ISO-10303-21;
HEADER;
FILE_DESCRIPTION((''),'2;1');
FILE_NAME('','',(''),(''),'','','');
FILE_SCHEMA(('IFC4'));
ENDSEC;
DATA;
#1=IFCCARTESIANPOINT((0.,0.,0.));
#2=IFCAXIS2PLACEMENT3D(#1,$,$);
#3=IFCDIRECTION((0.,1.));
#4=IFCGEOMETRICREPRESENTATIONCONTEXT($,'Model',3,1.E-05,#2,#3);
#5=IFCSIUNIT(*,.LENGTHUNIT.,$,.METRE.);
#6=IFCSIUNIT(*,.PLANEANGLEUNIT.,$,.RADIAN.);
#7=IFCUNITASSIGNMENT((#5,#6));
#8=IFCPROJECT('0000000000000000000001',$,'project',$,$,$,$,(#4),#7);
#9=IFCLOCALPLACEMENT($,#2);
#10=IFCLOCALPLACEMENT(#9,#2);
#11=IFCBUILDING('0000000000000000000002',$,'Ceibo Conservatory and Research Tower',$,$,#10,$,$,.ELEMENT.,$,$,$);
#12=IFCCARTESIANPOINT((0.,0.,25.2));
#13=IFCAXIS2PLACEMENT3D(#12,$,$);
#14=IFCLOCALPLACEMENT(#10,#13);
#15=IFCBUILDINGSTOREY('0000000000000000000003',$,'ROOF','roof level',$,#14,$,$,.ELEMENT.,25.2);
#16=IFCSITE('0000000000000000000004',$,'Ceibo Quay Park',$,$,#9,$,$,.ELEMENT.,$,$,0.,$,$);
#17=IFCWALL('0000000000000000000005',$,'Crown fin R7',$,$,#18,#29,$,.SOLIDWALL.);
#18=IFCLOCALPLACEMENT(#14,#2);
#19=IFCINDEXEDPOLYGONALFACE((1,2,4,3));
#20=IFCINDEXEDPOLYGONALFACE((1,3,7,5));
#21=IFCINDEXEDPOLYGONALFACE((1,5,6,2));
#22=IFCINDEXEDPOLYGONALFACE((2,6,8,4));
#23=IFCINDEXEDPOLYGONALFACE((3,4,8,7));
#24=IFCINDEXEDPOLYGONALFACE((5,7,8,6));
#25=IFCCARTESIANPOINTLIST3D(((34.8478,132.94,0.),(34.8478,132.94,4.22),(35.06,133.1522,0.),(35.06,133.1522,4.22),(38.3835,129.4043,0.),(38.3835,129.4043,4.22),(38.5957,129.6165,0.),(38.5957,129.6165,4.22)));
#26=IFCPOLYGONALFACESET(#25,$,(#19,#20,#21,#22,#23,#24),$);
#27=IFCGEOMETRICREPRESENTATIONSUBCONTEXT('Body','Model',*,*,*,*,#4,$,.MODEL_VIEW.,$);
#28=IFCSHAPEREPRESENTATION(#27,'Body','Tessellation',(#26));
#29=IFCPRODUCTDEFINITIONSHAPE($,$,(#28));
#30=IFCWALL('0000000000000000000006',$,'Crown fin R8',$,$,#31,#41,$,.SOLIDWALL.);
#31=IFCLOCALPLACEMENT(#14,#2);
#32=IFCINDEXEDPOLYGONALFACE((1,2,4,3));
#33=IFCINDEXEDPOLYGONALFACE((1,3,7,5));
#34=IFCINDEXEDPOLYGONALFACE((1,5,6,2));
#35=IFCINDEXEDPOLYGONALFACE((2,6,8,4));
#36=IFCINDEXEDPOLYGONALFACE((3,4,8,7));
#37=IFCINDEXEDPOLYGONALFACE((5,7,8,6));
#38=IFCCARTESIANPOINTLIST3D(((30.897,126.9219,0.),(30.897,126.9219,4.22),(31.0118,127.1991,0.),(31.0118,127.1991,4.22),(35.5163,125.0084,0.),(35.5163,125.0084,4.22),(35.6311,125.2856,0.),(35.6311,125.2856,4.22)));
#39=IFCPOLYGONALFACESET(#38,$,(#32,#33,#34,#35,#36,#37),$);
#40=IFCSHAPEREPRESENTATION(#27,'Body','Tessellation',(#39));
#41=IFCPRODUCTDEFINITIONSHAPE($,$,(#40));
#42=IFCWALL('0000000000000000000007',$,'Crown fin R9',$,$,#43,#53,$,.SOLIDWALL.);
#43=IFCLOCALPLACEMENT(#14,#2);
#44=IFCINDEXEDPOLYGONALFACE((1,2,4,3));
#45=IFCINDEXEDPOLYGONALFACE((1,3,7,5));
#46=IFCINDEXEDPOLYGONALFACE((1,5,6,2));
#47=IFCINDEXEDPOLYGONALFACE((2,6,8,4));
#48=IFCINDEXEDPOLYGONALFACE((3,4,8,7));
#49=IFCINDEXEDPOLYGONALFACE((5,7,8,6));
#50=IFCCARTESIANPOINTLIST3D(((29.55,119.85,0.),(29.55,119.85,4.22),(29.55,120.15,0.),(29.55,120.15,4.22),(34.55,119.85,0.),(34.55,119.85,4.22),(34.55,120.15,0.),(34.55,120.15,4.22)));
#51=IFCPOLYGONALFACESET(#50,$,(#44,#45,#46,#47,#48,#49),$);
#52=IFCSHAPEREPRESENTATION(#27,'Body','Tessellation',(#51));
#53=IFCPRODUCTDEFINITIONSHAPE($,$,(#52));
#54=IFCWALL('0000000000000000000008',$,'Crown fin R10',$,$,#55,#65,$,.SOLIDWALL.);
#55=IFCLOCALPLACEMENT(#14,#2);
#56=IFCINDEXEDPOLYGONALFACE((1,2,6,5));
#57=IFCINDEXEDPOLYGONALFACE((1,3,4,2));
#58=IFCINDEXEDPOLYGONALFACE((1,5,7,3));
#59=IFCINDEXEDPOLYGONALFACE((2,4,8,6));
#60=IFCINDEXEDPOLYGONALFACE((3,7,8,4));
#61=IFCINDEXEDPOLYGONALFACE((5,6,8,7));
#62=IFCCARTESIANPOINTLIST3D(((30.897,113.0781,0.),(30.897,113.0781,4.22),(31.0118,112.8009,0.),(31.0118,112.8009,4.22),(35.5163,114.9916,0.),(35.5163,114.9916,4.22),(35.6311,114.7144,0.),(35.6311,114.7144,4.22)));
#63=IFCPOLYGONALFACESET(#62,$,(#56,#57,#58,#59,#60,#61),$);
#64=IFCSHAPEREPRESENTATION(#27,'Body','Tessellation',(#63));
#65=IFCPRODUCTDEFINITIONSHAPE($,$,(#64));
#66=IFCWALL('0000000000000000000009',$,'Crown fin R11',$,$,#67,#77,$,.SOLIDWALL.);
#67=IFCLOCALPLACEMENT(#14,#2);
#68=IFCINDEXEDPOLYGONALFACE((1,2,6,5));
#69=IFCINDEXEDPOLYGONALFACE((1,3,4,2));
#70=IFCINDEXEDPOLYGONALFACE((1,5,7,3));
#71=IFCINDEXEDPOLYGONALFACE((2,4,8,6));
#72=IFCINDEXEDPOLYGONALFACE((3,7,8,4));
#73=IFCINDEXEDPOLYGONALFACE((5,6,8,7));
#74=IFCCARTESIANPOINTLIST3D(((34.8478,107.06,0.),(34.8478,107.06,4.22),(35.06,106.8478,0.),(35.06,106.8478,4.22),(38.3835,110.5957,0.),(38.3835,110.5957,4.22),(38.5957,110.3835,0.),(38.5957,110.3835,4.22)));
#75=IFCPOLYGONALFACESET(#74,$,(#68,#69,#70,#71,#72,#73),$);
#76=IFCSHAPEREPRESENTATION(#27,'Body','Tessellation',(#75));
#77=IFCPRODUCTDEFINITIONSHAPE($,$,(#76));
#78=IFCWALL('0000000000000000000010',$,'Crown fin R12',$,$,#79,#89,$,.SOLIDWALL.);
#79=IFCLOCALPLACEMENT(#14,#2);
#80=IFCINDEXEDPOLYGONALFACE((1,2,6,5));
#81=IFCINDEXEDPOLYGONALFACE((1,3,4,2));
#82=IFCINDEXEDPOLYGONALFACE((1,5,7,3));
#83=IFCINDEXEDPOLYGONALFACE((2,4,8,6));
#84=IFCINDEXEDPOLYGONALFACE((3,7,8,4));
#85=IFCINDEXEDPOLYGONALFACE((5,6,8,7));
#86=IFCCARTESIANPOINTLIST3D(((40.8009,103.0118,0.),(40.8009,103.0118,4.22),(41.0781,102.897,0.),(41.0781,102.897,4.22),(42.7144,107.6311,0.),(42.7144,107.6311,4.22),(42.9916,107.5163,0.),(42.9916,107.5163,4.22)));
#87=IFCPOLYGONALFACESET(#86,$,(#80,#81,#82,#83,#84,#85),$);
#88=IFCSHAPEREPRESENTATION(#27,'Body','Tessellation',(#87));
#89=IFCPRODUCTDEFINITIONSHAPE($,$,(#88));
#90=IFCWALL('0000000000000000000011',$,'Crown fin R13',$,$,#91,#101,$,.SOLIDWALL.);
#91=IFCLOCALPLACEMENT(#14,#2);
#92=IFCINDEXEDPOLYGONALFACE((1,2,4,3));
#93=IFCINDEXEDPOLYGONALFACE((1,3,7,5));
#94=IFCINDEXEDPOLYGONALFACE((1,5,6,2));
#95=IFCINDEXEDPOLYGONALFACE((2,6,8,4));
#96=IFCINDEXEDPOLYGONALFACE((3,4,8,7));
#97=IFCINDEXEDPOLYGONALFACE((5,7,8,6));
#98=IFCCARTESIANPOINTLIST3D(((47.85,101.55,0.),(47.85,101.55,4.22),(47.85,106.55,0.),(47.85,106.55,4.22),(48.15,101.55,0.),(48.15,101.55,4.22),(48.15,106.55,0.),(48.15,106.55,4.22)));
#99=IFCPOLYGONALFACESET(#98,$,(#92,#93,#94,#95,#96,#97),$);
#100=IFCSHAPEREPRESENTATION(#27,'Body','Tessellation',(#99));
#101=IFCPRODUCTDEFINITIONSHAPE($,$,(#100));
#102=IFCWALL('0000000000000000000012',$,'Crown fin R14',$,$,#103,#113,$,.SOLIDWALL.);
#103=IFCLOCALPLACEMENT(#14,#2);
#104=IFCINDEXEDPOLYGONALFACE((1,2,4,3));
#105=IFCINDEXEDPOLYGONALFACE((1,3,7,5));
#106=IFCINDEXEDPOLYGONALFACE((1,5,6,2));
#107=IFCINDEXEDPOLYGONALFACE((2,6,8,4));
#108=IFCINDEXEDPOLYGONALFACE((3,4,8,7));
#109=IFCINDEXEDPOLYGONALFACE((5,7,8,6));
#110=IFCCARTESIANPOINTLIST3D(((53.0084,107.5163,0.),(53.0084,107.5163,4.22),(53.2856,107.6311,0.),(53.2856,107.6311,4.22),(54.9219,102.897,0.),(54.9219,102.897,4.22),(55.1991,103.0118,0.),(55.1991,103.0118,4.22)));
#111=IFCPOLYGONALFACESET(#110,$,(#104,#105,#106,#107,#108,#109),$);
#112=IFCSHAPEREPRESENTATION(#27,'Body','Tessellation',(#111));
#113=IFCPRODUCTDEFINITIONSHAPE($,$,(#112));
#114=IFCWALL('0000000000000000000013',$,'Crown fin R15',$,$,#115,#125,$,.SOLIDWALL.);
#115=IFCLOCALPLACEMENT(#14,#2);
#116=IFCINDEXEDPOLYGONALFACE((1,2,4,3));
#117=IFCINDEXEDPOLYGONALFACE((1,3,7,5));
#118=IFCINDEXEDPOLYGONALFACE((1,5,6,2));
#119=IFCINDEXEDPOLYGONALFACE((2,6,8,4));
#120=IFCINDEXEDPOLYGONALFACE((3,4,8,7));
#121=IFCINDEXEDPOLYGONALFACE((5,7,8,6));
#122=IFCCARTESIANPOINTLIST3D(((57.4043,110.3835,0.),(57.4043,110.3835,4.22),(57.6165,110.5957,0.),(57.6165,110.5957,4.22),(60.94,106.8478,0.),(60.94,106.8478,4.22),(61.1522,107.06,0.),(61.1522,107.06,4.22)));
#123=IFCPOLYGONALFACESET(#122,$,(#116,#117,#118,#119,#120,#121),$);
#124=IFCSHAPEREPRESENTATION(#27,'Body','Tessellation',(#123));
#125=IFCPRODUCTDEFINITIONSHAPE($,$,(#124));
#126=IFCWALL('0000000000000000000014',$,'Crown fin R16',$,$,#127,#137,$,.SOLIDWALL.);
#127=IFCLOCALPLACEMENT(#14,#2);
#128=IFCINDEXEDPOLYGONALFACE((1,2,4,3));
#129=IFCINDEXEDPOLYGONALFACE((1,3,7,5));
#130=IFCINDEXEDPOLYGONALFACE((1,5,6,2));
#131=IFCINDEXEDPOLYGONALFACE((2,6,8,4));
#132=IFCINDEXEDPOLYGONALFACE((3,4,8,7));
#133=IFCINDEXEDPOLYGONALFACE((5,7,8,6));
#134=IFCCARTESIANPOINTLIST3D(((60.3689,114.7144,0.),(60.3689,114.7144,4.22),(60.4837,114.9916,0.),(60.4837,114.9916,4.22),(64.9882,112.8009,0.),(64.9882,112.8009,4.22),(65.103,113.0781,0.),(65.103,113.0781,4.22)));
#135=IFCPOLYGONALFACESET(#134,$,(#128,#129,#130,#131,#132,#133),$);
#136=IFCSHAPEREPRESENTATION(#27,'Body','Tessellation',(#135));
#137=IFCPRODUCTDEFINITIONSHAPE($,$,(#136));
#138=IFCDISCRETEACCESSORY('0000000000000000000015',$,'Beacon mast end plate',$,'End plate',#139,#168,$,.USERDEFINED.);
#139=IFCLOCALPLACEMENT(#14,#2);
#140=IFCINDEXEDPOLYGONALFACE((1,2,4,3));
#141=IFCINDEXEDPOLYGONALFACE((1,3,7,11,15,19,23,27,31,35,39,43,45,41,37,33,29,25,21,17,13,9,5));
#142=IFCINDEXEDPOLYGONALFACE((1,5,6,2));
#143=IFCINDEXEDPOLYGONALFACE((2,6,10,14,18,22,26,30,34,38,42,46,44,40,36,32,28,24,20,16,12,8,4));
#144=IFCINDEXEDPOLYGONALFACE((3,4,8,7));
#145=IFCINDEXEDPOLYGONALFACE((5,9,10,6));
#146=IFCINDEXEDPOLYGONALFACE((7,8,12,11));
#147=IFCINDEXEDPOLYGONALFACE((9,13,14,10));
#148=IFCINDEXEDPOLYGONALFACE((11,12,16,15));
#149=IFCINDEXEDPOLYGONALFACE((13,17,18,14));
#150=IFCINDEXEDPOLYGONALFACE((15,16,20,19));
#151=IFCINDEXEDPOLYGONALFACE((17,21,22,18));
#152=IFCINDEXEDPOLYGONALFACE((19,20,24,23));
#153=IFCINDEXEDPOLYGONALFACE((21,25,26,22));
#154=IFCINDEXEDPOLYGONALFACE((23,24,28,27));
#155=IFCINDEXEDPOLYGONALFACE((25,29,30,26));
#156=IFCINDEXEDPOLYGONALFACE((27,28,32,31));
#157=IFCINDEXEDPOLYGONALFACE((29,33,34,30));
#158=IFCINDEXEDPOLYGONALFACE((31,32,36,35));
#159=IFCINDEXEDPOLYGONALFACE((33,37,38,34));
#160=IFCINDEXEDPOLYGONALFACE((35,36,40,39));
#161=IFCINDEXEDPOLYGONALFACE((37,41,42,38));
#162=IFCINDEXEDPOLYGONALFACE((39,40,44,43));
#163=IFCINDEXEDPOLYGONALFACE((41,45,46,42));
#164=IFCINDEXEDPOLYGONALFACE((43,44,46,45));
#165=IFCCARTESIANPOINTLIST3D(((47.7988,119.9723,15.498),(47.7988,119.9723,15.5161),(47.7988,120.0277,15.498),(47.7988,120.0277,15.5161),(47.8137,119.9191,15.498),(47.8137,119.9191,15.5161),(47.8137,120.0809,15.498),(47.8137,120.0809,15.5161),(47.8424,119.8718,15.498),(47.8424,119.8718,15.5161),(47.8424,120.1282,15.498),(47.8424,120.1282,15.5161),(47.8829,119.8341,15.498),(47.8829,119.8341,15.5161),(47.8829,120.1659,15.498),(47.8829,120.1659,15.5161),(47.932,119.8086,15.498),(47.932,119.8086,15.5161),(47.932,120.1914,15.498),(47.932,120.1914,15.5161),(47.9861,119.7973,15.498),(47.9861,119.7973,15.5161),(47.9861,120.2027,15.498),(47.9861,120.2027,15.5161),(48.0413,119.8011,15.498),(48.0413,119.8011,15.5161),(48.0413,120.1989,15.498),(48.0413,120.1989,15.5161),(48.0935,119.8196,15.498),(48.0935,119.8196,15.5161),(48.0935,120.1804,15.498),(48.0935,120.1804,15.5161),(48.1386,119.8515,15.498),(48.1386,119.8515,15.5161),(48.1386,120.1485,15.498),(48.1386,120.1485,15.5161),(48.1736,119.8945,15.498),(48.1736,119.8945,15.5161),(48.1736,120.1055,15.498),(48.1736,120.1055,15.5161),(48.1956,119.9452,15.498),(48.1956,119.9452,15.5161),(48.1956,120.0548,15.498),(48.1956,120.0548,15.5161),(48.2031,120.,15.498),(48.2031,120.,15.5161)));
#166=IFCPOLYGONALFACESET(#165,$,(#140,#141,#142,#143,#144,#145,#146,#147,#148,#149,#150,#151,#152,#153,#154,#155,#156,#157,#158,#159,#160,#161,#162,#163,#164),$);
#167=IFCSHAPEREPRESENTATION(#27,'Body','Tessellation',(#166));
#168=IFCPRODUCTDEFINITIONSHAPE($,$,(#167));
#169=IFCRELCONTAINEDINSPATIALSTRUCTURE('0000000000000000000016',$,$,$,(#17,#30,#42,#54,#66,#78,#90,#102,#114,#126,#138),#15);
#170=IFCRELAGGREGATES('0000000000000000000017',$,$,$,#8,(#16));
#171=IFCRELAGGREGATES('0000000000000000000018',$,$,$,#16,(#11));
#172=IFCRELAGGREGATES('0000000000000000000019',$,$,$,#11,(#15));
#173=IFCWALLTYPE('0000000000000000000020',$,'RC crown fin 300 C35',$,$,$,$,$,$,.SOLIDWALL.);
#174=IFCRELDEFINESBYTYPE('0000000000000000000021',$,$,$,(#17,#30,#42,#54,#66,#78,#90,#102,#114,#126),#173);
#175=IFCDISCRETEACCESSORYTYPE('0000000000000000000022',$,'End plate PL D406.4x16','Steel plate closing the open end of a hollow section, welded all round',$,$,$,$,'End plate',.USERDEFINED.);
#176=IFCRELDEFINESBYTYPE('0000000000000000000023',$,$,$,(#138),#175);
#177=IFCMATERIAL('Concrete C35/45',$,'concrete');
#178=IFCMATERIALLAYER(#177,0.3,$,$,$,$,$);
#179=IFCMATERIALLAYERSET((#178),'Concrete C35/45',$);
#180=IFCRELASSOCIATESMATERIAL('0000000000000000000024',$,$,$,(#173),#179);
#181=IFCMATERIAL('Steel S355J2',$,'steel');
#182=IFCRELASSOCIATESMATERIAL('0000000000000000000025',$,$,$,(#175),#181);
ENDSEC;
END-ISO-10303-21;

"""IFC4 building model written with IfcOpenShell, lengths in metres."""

from ifc_helpers import new_model, si_unit, direction, frame, frame_2d, origin, origin_2d, place, context, subcontext, project, spatial, rectangle, circle, extrude, material, layer, layer_set, material_profile, profile_set, type_object, element, save


model = new_model("IFC4")

# Units and contexts
model_context = context("Model", 3, precision=1e-05, world=origin(), true_north=direction((0.0, 1.0)))
body_context = subcontext(model_context, "Body", "Model", "MODEL_VIEW")
ifc_project = project(units=[si_unit("LENGTHUNIT", "METRE"), si_unit("PLANEANGLEUNIT", "RADIAN")], contexts=[model_context])

# Site, building, storey
site_placement = place(None, origin())
site = spatial("IfcSite", under=ifc_project, at=site_placement, Name="Ceibo Quay Park", CompositionType="ELEMENT", RefElevation=0.0)
building_placement = place(site_placement, origin())
building = spatial("IfcBuilding", under=site, at=building_placement, Name="Ceibo Conservatory and Research Tower", CompositionType="ELEMENT")
storey_placement = place(building_placement, frame((0.0, 0.0, 25.2)))
storey = spatial("IfcBuildingStorey", under=building, at=storey_placement, Name="ROOF", Description="roof level", CompositionType="ELEMENT", Elevation=25.2)

# Shared definitions
ifc_material_1 = material(Name="Concrete C35/45", Category="concrete")

# Walls
ifc_layer_1 = layer(ifc_material_1, 0.3)
ifc_layer_set_1 = layer_set([ifc_layer_1], Name="Concrete C35/45")
wall_type = type_object("IfcWallType", Name="RC crown fin 300 C35", PredefinedType="SOLIDWALL", material=ifc_layer_set_1)
wall_1_placement = place(storey_placement, frame((38.4895, 129.5105, 0.0), z_axis=(0.0, 0.0, 1.0), x_axis=(-0.707107, 0.707107, 0.0)))
element("IfcWall", 1, at=wall_1_placement, inside=storey, type_object=wall_type, Name="Crown fin R7", PredefinedType="SOLIDWALL", context=body_context, shape_type="SweptSolid", body=[
    extrude(rectangle(XDim=5.0002, YDim=0.3, at=frame_2d((2.5, 0.0))), origin(), (0.0, 0.0, 1.0), 4.22),
])
for number, where, z_axis, x_axis, name in (
    (2, (35.5737, 125.147, 0.0), (0.0, 0.0, 1.0), (-0.923868, 0.382711, 0.0), "Crown fin R8"),
    (3, (34.55, 120.0, 0.0), (0.0, 0.0, 1.0), (-1.0, 0.0, 0.0), "Crown fin R9"),
    (4, (35.5737, 114.853, 0.0), (0.0, 0.0, 1.0), (-0.923868, -0.382711, 0.0), "Crown fin R10"),
):
    element("IfcWall", number, at=place(storey_placement, frame(where, z_axis=z_axis, x_axis=x_axis)), inside=storey, type_object=wall_type, Name=name, PredefinedType="SOLIDWALL", context=body_context, shape_type="SweptSolid", body=[
        extrude(rectangle(XDim=5.0, YDim=0.3, at=frame_2d((2.5, 0.0))), origin(), (0.0, 0.0, 1.0), 4.22),
    ])
wall_2_placement = place(storey_placement, frame((38.4895, 110.4895, 0.0), z_axis=(0.0, 0.0, 1.0), x_axis=(-0.707107, -0.707107, 0.0)))
element("IfcWall", 5, at=wall_2_placement, inside=storey, type_object=wall_type, Name="Crown fin R11", PredefinedType="SOLIDWALL", context=body_context, shape_type="SweptSolid", body=[
    extrude(rectangle(XDim=5.0002, YDim=0.3, at=frame_2d((2.5, 0.0))), origin(), (0.0, 0.0, 1.0), 4.22),
])
for number, where, z_axis, x_axis, name in (
    (6, (42.853, 107.5737, 0.0), (0.0, 0.0, 1.0), (-0.382711, -0.923868, 0.0), "Crown fin R12"),
    (7, (48.0, 106.55, 0.0), (0.0, 0.0, 1.0), (0.0, -1.0, 0.0), "Crown fin R13"),
    (8, (53.147, 107.5737, 0.0), (0.0, 0.0, 1.0), (0.382711, -0.923868, 0.0), "Crown fin R14"),
):
    element("IfcWall", number, at=place(storey_placement, frame(where, z_axis=z_axis, x_axis=x_axis)), inside=storey, type_object=wall_type, Name=name, PredefinedType="SOLIDWALL", context=body_context, shape_type="SweptSolid", body=[
        extrude(rectangle(XDim=5.0, YDim=0.3, at=frame_2d((2.5, 0.0))), origin(), (0.0, 0.0, 1.0), 4.22),
    ])
wall_3_placement = place(storey_placement, frame((57.5105, 110.4895, 0.0), z_axis=(0.0, 0.0, 1.0), x_axis=(0.707107, -0.707107, 0.0)))
element("IfcWall", 9, at=wall_3_placement, inside=storey, type_object=wall_type, Name="Crown fin R15", PredefinedType="SOLIDWALL", context=body_context, shape_type="SweptSolid", body=[
    extrude(rectangle(XDim=5.0002, YDim=0.3, at=frame_2d((2.5, 0.0))), origin(), (0.0, 0.0, 1.0), 4.22),
])
wall_4_placement = place(storey_placement, frame((60.4263, 114.853, 0.0), z_axis=(0.0, 0.0, 1.0), x_axis=(0.923868, -0.382711, 0.0)))
element("IfcWall", 10, at=wall_4_placement, inside=storey, type_object=wall_type, Name="Crown fin R16", PredefinedType="SOLIDWALL", context=body_context, shape_type="SweptSolid", body=[
    extrude(rectangle(XDim=5.0, YDim=0.3, at=frame_2d((2.5, 0.0))), origin(), (0.0, 0.0, 1.0), 4.22),
])

# Discrete accessory
ifc_material_2 = material(Name="Steel S355J2", Category="steel")
ifc_material_profile_1 = material_profile(ifc_material_2, circle(Radius=0.2031, at=origin_2d()), Name="End plate PL D406.4x16")
ifc_profile_set_1 = profile_set([ifc_material_profile_1], Name="Steel S355J2")
discrete_accessory_type = type_object("IfcDiscreteAccessoryType", Name="End plate PL D406.4x16", Description="Steel plate closing the open end of a hollow section, welded all round", ElementType="End plate", PredefinedType="USERDEFINED", material=ifc_profile_set_1)
discrete_accessory_placement = place(storey_placement, frame((48.0, 120.0, 15.498), z_axis=(0.0, 0.0, 1.0), x_axis=(1.0, 0.0, 0.0)))
element("IfcDiscreteAccessory", 11, at=discrete_accessory_placement, inside=storey, type_object=discrete_accessory_type, Name="Beacon mast end plate", ObjectType="End plate", PredefinedType="USERDEFINED", context=body_context, shape_type="SweptSolid", body=[
    extrude(circle(Radius=0.2031, at=origin_2d()), origin(), (0.0, 0.0, 1.0), 0.0181),
])

save(model, "model.ifc")
